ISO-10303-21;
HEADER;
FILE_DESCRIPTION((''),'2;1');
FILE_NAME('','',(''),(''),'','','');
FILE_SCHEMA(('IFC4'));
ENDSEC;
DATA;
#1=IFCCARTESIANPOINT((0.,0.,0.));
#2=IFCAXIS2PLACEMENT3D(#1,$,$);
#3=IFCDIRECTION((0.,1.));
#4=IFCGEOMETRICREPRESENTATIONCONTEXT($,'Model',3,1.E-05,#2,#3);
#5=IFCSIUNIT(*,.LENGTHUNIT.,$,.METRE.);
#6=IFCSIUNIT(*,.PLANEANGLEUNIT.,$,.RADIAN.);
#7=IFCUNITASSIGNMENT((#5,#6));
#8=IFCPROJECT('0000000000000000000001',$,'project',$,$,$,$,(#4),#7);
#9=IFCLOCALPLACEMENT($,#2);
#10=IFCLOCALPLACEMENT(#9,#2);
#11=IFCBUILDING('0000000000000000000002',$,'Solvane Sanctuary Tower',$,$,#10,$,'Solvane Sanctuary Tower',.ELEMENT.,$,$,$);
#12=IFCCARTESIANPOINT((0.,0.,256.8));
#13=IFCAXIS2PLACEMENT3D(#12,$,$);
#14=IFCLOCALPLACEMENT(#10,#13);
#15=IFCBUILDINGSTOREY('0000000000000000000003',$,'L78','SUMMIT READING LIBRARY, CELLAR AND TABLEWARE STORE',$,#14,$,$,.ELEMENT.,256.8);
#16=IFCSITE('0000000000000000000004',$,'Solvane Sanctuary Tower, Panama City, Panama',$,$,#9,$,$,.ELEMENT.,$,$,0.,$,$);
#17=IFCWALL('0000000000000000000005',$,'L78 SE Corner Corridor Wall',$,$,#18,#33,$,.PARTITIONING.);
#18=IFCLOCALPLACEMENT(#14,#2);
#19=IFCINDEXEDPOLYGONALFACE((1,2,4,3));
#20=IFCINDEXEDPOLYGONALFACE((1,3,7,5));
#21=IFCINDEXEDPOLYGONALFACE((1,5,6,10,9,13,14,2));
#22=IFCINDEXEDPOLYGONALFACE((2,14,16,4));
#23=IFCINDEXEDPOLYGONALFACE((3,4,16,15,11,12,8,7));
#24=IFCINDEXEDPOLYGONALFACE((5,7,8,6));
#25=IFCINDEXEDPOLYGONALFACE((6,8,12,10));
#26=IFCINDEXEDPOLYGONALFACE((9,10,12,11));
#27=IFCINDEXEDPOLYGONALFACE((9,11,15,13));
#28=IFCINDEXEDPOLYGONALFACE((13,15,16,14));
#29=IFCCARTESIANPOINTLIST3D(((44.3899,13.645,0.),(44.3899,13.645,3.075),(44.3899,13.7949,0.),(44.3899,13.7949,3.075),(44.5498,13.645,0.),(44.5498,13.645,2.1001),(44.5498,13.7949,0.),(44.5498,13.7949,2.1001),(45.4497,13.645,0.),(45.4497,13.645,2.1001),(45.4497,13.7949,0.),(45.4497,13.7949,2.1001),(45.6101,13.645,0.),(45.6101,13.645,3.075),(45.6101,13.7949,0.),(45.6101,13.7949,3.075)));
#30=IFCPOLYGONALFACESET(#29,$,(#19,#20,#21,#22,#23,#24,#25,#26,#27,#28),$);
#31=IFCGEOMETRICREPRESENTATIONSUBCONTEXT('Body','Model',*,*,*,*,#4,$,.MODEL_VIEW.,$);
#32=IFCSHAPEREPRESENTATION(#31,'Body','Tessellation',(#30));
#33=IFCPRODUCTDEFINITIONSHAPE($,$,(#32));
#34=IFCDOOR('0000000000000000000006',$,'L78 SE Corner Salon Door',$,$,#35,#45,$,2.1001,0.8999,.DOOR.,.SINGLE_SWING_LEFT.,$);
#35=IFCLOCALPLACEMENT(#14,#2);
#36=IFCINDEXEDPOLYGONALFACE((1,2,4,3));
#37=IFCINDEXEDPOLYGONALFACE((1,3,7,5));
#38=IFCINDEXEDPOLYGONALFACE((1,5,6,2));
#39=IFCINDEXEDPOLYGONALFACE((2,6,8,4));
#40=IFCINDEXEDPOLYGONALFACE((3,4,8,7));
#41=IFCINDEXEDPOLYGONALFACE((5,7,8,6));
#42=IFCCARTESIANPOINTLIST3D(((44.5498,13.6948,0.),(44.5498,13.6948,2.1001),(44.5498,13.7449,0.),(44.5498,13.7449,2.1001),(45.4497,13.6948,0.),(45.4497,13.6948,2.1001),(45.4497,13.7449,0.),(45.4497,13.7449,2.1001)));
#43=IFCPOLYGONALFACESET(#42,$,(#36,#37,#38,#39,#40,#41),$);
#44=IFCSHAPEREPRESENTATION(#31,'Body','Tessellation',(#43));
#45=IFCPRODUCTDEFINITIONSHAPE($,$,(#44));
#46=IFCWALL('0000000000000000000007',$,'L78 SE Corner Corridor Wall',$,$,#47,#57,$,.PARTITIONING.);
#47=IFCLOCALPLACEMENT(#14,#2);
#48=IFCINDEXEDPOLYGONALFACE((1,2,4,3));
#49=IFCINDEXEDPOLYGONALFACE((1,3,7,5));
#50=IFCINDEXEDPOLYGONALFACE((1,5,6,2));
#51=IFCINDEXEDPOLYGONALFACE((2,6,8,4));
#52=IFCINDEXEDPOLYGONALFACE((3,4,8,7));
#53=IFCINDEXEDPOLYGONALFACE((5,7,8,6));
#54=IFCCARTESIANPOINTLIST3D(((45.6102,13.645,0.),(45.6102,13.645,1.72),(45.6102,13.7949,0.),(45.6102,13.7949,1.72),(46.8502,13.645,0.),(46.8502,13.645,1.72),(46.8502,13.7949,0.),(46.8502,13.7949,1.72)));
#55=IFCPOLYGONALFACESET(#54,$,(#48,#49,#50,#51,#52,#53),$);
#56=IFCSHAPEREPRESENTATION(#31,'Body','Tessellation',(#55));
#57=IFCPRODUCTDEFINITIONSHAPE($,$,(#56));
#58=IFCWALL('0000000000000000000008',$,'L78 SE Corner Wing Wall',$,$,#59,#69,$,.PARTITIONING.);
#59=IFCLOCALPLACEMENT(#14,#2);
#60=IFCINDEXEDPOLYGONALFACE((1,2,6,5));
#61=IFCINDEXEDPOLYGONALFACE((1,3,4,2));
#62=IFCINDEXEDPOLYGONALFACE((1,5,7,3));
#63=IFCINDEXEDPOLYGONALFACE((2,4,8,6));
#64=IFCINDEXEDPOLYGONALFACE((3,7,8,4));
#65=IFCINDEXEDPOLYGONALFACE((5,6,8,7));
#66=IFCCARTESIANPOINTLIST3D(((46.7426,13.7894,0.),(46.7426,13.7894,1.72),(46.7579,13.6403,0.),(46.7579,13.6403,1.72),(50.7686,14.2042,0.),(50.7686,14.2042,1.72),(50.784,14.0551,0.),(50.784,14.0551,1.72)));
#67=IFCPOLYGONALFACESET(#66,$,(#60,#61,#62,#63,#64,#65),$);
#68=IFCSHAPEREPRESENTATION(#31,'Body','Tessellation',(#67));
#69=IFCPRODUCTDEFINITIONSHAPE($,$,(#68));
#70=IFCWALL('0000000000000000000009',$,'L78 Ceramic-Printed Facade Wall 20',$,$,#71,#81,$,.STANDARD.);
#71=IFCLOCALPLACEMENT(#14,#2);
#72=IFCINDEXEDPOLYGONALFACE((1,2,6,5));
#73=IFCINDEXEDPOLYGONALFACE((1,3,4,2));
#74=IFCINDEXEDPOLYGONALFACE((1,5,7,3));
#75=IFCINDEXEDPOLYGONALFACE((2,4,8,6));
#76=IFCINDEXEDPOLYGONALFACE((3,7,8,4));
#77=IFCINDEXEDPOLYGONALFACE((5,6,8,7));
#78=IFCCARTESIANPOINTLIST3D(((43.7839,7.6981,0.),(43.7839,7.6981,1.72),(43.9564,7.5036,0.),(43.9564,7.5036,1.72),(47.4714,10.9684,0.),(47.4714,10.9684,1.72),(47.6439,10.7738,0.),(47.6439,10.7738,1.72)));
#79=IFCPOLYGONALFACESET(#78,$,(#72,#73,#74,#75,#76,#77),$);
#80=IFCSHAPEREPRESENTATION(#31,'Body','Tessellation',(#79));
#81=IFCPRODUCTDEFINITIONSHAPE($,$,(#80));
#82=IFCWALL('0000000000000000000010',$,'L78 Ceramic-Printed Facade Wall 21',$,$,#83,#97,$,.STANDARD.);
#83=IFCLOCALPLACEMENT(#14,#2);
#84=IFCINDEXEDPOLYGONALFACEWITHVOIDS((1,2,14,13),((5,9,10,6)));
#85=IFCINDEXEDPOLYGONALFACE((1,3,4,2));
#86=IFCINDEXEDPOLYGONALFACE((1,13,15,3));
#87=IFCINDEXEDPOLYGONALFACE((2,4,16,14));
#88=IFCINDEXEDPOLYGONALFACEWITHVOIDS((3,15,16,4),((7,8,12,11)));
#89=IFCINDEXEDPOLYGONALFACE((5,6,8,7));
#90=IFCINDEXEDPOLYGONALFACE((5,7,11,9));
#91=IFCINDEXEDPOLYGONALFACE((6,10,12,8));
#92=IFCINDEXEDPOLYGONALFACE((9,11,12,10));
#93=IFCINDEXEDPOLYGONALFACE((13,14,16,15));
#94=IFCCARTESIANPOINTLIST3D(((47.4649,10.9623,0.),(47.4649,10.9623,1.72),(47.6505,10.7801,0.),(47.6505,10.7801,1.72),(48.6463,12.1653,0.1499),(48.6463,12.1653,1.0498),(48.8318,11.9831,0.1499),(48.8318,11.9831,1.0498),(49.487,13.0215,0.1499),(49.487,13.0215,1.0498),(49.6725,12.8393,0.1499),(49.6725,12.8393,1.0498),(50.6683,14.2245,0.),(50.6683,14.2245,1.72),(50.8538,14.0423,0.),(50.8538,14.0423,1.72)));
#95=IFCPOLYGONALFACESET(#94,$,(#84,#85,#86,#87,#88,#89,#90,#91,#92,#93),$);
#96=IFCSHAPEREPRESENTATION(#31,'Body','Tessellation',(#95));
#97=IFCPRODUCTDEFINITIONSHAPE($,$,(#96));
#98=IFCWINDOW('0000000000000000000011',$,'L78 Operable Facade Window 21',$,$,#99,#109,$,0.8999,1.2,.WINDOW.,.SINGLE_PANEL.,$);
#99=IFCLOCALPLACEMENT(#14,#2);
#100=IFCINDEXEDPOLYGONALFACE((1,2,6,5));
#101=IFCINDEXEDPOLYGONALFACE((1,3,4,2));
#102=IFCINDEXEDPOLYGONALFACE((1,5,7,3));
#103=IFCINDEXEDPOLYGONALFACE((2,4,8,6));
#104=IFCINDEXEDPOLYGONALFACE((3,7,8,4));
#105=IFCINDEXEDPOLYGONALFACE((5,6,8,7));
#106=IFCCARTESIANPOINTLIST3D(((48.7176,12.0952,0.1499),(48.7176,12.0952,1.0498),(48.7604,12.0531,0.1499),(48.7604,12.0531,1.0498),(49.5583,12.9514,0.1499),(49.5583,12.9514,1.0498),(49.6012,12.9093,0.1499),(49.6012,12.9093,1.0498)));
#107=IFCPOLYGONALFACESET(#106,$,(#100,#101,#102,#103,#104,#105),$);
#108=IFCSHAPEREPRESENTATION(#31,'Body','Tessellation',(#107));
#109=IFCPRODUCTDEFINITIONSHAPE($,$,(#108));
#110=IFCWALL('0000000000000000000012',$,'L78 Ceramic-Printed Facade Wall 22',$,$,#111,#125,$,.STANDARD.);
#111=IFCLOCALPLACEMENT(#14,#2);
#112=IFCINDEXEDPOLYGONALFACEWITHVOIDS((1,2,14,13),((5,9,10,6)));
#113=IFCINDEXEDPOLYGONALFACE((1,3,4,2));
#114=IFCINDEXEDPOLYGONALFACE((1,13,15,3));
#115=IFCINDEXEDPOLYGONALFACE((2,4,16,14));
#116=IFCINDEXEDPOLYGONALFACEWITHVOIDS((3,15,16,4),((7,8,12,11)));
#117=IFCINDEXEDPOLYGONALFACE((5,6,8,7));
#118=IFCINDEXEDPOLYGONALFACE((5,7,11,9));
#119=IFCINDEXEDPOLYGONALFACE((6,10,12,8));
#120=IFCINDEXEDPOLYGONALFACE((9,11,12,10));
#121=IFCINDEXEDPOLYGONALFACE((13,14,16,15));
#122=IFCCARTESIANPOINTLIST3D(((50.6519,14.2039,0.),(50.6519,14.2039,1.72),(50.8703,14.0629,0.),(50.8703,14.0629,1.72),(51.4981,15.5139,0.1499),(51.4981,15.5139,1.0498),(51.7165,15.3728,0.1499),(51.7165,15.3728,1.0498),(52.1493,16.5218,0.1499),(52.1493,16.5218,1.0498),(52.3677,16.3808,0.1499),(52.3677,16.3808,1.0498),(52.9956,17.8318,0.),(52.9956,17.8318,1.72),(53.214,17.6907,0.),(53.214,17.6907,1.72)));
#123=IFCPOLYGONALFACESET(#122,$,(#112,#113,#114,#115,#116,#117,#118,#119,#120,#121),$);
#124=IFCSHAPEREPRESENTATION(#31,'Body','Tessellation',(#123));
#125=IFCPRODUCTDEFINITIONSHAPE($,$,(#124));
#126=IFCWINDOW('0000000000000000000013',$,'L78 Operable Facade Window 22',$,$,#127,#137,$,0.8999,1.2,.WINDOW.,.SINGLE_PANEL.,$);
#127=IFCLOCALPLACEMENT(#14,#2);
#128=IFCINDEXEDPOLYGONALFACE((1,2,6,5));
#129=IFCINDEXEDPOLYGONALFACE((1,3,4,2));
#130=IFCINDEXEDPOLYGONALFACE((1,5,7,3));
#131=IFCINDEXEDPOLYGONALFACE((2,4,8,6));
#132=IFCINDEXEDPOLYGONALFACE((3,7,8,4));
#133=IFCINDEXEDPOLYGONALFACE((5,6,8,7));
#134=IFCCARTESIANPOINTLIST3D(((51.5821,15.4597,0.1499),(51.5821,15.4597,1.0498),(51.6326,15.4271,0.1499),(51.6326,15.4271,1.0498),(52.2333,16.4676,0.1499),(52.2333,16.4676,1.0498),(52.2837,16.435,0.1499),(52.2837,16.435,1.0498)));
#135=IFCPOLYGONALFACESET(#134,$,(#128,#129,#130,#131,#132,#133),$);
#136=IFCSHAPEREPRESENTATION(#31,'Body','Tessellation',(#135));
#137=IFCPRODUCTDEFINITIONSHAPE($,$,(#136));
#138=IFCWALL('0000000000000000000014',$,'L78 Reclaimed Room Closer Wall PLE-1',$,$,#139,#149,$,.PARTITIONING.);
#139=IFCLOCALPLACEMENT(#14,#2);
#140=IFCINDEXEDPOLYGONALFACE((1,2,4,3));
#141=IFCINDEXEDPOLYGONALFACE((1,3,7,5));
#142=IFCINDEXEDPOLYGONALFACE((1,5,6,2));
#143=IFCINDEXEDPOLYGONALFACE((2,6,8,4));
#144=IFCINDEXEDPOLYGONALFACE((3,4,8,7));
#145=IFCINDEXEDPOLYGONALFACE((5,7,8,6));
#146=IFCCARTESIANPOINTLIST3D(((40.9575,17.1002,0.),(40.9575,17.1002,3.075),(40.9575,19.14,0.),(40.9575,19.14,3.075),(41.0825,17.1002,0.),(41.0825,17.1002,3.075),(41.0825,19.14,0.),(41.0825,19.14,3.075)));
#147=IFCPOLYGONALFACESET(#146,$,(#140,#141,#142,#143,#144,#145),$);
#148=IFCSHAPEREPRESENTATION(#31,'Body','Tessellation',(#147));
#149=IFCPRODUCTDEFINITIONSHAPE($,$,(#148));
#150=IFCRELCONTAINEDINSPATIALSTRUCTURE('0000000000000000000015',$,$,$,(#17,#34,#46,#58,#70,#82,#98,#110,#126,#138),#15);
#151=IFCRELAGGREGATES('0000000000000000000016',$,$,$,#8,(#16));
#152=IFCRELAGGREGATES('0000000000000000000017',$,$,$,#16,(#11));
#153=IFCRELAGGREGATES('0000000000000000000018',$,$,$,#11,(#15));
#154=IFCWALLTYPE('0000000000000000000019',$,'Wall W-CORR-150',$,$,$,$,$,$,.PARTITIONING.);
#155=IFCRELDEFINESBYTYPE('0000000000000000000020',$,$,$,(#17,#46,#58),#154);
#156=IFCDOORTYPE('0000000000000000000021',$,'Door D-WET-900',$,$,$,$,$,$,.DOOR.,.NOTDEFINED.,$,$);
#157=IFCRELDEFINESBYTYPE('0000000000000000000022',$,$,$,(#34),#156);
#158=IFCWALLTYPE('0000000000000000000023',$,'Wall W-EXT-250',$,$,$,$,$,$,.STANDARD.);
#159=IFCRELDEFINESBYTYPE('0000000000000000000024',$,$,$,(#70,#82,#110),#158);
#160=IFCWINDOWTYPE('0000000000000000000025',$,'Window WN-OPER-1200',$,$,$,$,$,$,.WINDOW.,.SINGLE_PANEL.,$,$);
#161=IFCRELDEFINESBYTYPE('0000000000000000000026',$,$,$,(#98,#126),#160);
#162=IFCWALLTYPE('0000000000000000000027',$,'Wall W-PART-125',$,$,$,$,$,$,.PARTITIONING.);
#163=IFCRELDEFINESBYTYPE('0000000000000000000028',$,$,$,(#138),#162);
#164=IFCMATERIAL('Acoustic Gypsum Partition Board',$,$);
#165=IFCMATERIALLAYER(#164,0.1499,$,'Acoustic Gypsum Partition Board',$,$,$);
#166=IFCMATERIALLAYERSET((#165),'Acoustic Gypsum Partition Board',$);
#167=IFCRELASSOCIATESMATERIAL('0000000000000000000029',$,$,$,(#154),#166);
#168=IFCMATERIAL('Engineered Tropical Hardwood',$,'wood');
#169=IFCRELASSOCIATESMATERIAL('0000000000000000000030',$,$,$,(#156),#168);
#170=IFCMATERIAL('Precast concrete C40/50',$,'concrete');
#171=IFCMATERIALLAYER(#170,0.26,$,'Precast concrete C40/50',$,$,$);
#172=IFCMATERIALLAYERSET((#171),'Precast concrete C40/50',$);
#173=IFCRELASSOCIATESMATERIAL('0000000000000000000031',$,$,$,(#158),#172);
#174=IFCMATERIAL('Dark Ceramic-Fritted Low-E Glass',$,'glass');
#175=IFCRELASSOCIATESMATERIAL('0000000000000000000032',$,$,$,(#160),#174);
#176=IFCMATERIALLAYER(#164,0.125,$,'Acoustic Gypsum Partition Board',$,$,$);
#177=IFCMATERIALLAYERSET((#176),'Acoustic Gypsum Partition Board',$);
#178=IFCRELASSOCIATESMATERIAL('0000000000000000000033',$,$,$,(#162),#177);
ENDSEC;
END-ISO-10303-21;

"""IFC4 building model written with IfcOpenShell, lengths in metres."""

from ifc_helpers import new_model, si_unit, direction, frame, frame_2d, origin, place, context, subcontext, project, spatial, rectangle, extrude, material, layer, layer_set, type_object, element, fill, save


model = new_model("IFC4")

# Units and contexts
model_context = context("Model", 3, precision=1e-05, world=origin(), true_north=direction((0.0, 1.0)))
body_context = subcontext(model_context, "Body", "Model", "MODEL_VIEW")
ifc_project = project(units=[si_unit("LENGTHUNIT", "METRE"), si_unit("PLANEANGLEUNIT", "RADIAN")], contexts=[model_context])

# Site, building, storey
site_placement = place(None, origin())
site = spatial("IfcSite", under=ifc_project, at=site_placement, Name="Solvane Sanctuary Tower, Panama City, Panama", CompositionType="ELEMENT", RefElevation=0.0)
building_placement = place(site_placement, origin())
building = spatial("IfcBuilding", under=site, at=building_placement, Name="Solvane Sanctuary Tower", LongName="Solvane Sanctuary Tower", CompositionType="ELEMENT")
storey_placement = place(building_placement, frame((0.0, 0.0, 256.8)))
storey = spatial("IfcBuildingStorey", under=building, at=storey_placement, Name="L78", Description="SUMMIT READING LIBRARY, CELLAR AND TABLEWARE STORE", CompositionType="ELEMENT", Elevation=256.8)

# Shared definitions
ifc_material_1 = material(Name="Dark Ceramic-Fritted Low-E Glass", Category="glass")

# Shared definitions
ifc_material_2 = material(Name="Acoustic Gypsum Partition Board")
ifc_layer_1 = layer(ifc_material_2, 0.1499, Name="Acoustic Gypsum Partition Board")
ifc_layer_set_1 = layer_set([ifc_layer_1], Name="Acoustic Gypsum Partition Board")
wall_type_1 = type_object("IfcWallType", Name="Wall W-CORR-150", PredefinedType="PARTITIONING", material=ifc_layer_set_1)

# Wall, opening, door
wall_1_placement = place(storey_placement, frame((44.3899, 13.72, 0.0), z_axis=(0.0, 0.0, 1.0), x_axis=(1.0, 0.0, 0.0)))
wall_1 = element("IfcWall", 1, at=wall_1_placement, inside=storey, type_object=wall_type_1, Name="L78 SE Corner Corridor Wall", PredefinedType="PARTITIONING", context=body_context, shape_type="SweptSolid", body=[
    extrude(rectangle(XDim=1.2202, YDim=0.1499, at=frame_2d((0.6101, 0.0))), origin(), (0.0, 0.0, 1.0), 3.075),
])
opening_1_placement = place(wall_1_placement, frame((0.1599, 0.0, 0.0)))
opening_1 = element("IfcOpeningElement", 2, at=opening_1_placement, cuts=wall_1, PredefinedType="OPENING", context=body_context, shape_type="SweptSolid", body=[
    extrude(rectangle(XDim=0.8999, YDim=2.1001, at=frame_2d((0.45, 1.05))), frame((0.0, 0.085, 0.0), z_axis=(0.0, -1.0, 0.0), x_axis=(1.0, 0.0, 0.0)), (0.0, 0.0, 1.0), 0.1699),
])
ifc_material_3 = material(Name="Engineered Tropical Hardwood", Category="wood")
door_type = type_object("IfcDoorType", Name="Door D-WET-900", OperationType="NOTDEFINED", PredefinedType="DOOR", material=ifc_material_3)
door_placement = place(opening_1_placement, origin())
door = element("IfcDoor", 3, at=door_placement, inside=storey, type_object=door_type, Name="L78 SE Corner Salon Door", OperationType="SINGLE_SWING_LEFT", OverallHeight=2.1001, OverallWidth=0.8999, PredefinedType="DOOR", context=body_context, shape_type="SweptSolid", body=[
    extrude(rectangle(XDim=0.8999, YDim=2.1001, at=frame_2d((0.45, 1.05))), frame((0.0, 0.0249, 0.0), z_axis=(0.0, -1.0, 0.0), x_axis=(1.0, 0.0, 0.0)), (0.0, 0.0, 1.0), 0.05),
])
fill(opening_1, door)

# Walls
wall_2_placement = place(storey_placement, frame((45.6101, 13.72, 0.0), z_axis=(0.0, 0.0, 1.0), x_axis=(1.0, 0.0, 0.0)))
element("IfcWall", 4, at=wall_2_placement, inside=storey, type_object=wall_type_1, Name="L78 SE Corner Corridor Wall", PredefinedType="PARTITIONING", context=body_context, shape_type="SweptSolid", body=[
    extrude(rectangle(XDim=1.24, YDim=0.1499, at=frame_2d((0.6201, 0.0))), origin(), (0.0, 0.0, 1.0), 1.72),
])
wall_3_placement = place(storey_placement, frame((46.7502, 13.7148, 0.0), z_axis=(0.0, 0.0, 1.0), x_axis=(0.994735, 0.102483, 0.0)))
element("IfcWall", 5, at=wall_3_placement, inside=storey, type_object=wall_type_1, Name="L78 SE Corner Wing Wall", PredefinedType="PARTITIONING", context=body_context, shape_type="SweptSolid", body=[
    extrude(rectangle(XDim=4.0474, YDim=0.1499, at=frame_2d((2.0237, 0.0))), origin(), (0.0, 0.0, 1.0), 1.72),
])
ifc_material_4 = material(Name="Precast concrete C40/50", Category="concrete")
ifc_layer_2 = layer(ifc_material_4, 0.26, Name="Precast concrete C40/50")
ifc_layer_set_2 = layer_set([ifc_layer_2], Name="Precast concrete C40/50")
wall_type_2 = type_object("IfcWallType", Name="Wall W-EXT-250", PredefinedType="STANDARD", material=ifc_layer_set_2)
wall_4_placement = place(storey_placement, frame((43.8701, 7.6008, 0.0), z_axis=(0.0, 0.0, 1.0), x_axis=(0.748166, 0.663512, 0.0)))
element("IfcWall", 6, at=wall_4_placement, inside=storey, type_object=wall_type_2, Name="L78 Ceramic-Printed Facade Wall 20", PredefinedType="STANDARD", context=body_context, shape_type="SweptSolid", body=[
    extrude(rectangle(XDim=4.9287, YDim=0.26, at=frame_2d((2.4644, 0.0))), origin(), (0.0, 0.0, 1.0), 1.72),
])

# Walls, openings, windows
wall_5_placement = place(storey_placement, frame((47.5576, 10.8711, 0.0), z_axis=(0.0, 0.0, 1.0), x_axis=(0.700643, 0.713512, 0.0)))
wall_5 = element("IfcWall", 7, at=wall_5_placement, inside=storey, type_object=wall_type_2, Name="L78 Ceramic-Printed Facade Wall 21", PredefinedType="STANDARD", context=body_context, shape_type="SweptSolid", body=[
    extrude(rectangle(XDim=4.572, YDim=0.26, at=frame_2d((2.2861, 0.0))), origin(), (0.0, 0.0, 1.0), 1.72),
])
opening_2_placement = place(wall_5_placement, frame((1.686, 0.0, 0.1499)))
opening_2 = element("IfcOpeningElement", 8, at=opening_2_placement, cuts=wall_5, PredefinedType="OPENING", context=body_context, shape_type="SweptSolid", body=[
    extrude(rectangle(XDim=1.2, YDim=0.8999, at=frame_2d((0.6001, 0.45))), frame((0.0, 0.1399, 0.0), z_axis=(0.0, -1.0, 0.0), x_axis=(1.0, 0.0, 0.0)), (0.0, 0.0, 1.0), 0.28),
])
window_type = type_object("IfcWindowType", Name="Window WN-OPER-1200", PartitioningType="SINGLE_PANEL", PredefinedType="WINDOW", material=ifc_material_1)
window_1_placement = place(opening_2_placement, origin())
window_1 = element("IfcWindow", 9, at=window_1_placement, inside=storey, type_object=window_type, Name="L78 Operable Facade Window 21", OverallHeight=0.8999, OverallWidth=1.2, PartitioningType="SINGLE_PANEL", PredefinedType="WINDOW", context=body_context, shape_type="SweptSolid", body=[
    extrude(rectangle(XDim=1.2, YDim=0.8999, at=frame_2d((0.6001, 0.45))), frame((0.0, 0.03, 0.0), z_axis=(0.0, -1.0, 0.0), x_axis=(1.0, 0.0, 0.0)), (0.0, 0.0, 1.0), 0.0601),
])
fill(opening_2, window_1)
wall_6_placement = place(storey_placement, frame((50.761, 14.1333, 0.0), z_axis=(0.0, 0.0, 1.0), x_axis=(0.542642, 0.839964, 0.0)))
wall_6 = element("IfcWall", 10, at=wall_6_placement, inside=storey, type_object=wall_type_2, Name="L78 Ceramic-Printed Facade Wall 22", PredefinedType="STANDARD", context=body_context, shape_type="SweptSolid", body=[
    extrude(rectangle(XDim=4.3191, YDim=0.26, at=frame_2d((2.1597, 0.0))), origin(), (0.0, 0.0, 1.0), 1.72),
])
opening_3_placement = place(wall_6_placement, frame((1.5596, 0.0, 0.1499)))
opening_3 = element("IfcOpeningElement", 11, at=opening_3_placement, cuts=wall_6, PredefinedType="OPENING", context=body_context, shape_type="SweptSolid", body=[
    extrude(rectangle(XDim=1.2, YDim=0.8999, at=frame_2d((0.6001, 0.45))), frame((0.0, 0.1399, 0.0), z_axis=(0.0, -1.0, 0.0), x_axis=(1.0, 0.0, 0.0)), (0.0, 0.0, 1.0), 0.28),
])
window_2_placement = place(opening_3_placement, origin())
window_2 = element("IfcWindow", 12, at=window_2_placement, inside=storey, type_object=window_type, Name="L78 Operable Facade Window 22", OverallHeight=0.8999, OverallWidth=1.2, PartitioningType="SINGLE_PANEL", PredefinedType="WINDOW", context=body_context, shape_type="SweptSolid", body=[
    extrude(rectangle(XDim=1.2, YDim=0.8999, at=frame_2d((0.6001, 0.45))), frame((0.0, 0.03, 0.0), z_axis=(0.0, -1.0, 0.0), x_axis=(1.0, 0.0, 0.0)), (0.0, 0.0, 1.0), 0.0601),
])
fill(opening_3, window_2)

# Wall
ifc_layer_3 = layer(ifc_material_2, 0.125, Name="Acoustic Gypsum Partition Board")
ifc_layer_set_3 = layer_set([ifc_layer_3], Name="Acoustic Gypsum Partition Board")
wall_type_3 = type_object("IfcWallType", Name="Wall W-PART-125", PredefinedType="PARTITIONING", material=ifc_layer_set_3)
wall_7_placement = place(storey_placement, frame((41.02, 17.1001, 0.0), z_axis=(0.0, 0.0, 1.0), x_axis=(0.0, 1.0, 0.0)))
element("IfcWall", 13, at=wall_7_placement, inside=storey, type_object=wall_type_3, Name="L78 Reclaimed Room Closer Wall PLE-1", PredefinedType="PARTITIONING", context=body_context, shape_type="SweptSolid", body=[
    extrude(rectangle(XDim=2.0398, YDim=0.125, at=frame_2d((1.02, 0.0))), origin(), (0.0, 0.0, 1.0), 3.075),
])

save(model, "model.ifc")
